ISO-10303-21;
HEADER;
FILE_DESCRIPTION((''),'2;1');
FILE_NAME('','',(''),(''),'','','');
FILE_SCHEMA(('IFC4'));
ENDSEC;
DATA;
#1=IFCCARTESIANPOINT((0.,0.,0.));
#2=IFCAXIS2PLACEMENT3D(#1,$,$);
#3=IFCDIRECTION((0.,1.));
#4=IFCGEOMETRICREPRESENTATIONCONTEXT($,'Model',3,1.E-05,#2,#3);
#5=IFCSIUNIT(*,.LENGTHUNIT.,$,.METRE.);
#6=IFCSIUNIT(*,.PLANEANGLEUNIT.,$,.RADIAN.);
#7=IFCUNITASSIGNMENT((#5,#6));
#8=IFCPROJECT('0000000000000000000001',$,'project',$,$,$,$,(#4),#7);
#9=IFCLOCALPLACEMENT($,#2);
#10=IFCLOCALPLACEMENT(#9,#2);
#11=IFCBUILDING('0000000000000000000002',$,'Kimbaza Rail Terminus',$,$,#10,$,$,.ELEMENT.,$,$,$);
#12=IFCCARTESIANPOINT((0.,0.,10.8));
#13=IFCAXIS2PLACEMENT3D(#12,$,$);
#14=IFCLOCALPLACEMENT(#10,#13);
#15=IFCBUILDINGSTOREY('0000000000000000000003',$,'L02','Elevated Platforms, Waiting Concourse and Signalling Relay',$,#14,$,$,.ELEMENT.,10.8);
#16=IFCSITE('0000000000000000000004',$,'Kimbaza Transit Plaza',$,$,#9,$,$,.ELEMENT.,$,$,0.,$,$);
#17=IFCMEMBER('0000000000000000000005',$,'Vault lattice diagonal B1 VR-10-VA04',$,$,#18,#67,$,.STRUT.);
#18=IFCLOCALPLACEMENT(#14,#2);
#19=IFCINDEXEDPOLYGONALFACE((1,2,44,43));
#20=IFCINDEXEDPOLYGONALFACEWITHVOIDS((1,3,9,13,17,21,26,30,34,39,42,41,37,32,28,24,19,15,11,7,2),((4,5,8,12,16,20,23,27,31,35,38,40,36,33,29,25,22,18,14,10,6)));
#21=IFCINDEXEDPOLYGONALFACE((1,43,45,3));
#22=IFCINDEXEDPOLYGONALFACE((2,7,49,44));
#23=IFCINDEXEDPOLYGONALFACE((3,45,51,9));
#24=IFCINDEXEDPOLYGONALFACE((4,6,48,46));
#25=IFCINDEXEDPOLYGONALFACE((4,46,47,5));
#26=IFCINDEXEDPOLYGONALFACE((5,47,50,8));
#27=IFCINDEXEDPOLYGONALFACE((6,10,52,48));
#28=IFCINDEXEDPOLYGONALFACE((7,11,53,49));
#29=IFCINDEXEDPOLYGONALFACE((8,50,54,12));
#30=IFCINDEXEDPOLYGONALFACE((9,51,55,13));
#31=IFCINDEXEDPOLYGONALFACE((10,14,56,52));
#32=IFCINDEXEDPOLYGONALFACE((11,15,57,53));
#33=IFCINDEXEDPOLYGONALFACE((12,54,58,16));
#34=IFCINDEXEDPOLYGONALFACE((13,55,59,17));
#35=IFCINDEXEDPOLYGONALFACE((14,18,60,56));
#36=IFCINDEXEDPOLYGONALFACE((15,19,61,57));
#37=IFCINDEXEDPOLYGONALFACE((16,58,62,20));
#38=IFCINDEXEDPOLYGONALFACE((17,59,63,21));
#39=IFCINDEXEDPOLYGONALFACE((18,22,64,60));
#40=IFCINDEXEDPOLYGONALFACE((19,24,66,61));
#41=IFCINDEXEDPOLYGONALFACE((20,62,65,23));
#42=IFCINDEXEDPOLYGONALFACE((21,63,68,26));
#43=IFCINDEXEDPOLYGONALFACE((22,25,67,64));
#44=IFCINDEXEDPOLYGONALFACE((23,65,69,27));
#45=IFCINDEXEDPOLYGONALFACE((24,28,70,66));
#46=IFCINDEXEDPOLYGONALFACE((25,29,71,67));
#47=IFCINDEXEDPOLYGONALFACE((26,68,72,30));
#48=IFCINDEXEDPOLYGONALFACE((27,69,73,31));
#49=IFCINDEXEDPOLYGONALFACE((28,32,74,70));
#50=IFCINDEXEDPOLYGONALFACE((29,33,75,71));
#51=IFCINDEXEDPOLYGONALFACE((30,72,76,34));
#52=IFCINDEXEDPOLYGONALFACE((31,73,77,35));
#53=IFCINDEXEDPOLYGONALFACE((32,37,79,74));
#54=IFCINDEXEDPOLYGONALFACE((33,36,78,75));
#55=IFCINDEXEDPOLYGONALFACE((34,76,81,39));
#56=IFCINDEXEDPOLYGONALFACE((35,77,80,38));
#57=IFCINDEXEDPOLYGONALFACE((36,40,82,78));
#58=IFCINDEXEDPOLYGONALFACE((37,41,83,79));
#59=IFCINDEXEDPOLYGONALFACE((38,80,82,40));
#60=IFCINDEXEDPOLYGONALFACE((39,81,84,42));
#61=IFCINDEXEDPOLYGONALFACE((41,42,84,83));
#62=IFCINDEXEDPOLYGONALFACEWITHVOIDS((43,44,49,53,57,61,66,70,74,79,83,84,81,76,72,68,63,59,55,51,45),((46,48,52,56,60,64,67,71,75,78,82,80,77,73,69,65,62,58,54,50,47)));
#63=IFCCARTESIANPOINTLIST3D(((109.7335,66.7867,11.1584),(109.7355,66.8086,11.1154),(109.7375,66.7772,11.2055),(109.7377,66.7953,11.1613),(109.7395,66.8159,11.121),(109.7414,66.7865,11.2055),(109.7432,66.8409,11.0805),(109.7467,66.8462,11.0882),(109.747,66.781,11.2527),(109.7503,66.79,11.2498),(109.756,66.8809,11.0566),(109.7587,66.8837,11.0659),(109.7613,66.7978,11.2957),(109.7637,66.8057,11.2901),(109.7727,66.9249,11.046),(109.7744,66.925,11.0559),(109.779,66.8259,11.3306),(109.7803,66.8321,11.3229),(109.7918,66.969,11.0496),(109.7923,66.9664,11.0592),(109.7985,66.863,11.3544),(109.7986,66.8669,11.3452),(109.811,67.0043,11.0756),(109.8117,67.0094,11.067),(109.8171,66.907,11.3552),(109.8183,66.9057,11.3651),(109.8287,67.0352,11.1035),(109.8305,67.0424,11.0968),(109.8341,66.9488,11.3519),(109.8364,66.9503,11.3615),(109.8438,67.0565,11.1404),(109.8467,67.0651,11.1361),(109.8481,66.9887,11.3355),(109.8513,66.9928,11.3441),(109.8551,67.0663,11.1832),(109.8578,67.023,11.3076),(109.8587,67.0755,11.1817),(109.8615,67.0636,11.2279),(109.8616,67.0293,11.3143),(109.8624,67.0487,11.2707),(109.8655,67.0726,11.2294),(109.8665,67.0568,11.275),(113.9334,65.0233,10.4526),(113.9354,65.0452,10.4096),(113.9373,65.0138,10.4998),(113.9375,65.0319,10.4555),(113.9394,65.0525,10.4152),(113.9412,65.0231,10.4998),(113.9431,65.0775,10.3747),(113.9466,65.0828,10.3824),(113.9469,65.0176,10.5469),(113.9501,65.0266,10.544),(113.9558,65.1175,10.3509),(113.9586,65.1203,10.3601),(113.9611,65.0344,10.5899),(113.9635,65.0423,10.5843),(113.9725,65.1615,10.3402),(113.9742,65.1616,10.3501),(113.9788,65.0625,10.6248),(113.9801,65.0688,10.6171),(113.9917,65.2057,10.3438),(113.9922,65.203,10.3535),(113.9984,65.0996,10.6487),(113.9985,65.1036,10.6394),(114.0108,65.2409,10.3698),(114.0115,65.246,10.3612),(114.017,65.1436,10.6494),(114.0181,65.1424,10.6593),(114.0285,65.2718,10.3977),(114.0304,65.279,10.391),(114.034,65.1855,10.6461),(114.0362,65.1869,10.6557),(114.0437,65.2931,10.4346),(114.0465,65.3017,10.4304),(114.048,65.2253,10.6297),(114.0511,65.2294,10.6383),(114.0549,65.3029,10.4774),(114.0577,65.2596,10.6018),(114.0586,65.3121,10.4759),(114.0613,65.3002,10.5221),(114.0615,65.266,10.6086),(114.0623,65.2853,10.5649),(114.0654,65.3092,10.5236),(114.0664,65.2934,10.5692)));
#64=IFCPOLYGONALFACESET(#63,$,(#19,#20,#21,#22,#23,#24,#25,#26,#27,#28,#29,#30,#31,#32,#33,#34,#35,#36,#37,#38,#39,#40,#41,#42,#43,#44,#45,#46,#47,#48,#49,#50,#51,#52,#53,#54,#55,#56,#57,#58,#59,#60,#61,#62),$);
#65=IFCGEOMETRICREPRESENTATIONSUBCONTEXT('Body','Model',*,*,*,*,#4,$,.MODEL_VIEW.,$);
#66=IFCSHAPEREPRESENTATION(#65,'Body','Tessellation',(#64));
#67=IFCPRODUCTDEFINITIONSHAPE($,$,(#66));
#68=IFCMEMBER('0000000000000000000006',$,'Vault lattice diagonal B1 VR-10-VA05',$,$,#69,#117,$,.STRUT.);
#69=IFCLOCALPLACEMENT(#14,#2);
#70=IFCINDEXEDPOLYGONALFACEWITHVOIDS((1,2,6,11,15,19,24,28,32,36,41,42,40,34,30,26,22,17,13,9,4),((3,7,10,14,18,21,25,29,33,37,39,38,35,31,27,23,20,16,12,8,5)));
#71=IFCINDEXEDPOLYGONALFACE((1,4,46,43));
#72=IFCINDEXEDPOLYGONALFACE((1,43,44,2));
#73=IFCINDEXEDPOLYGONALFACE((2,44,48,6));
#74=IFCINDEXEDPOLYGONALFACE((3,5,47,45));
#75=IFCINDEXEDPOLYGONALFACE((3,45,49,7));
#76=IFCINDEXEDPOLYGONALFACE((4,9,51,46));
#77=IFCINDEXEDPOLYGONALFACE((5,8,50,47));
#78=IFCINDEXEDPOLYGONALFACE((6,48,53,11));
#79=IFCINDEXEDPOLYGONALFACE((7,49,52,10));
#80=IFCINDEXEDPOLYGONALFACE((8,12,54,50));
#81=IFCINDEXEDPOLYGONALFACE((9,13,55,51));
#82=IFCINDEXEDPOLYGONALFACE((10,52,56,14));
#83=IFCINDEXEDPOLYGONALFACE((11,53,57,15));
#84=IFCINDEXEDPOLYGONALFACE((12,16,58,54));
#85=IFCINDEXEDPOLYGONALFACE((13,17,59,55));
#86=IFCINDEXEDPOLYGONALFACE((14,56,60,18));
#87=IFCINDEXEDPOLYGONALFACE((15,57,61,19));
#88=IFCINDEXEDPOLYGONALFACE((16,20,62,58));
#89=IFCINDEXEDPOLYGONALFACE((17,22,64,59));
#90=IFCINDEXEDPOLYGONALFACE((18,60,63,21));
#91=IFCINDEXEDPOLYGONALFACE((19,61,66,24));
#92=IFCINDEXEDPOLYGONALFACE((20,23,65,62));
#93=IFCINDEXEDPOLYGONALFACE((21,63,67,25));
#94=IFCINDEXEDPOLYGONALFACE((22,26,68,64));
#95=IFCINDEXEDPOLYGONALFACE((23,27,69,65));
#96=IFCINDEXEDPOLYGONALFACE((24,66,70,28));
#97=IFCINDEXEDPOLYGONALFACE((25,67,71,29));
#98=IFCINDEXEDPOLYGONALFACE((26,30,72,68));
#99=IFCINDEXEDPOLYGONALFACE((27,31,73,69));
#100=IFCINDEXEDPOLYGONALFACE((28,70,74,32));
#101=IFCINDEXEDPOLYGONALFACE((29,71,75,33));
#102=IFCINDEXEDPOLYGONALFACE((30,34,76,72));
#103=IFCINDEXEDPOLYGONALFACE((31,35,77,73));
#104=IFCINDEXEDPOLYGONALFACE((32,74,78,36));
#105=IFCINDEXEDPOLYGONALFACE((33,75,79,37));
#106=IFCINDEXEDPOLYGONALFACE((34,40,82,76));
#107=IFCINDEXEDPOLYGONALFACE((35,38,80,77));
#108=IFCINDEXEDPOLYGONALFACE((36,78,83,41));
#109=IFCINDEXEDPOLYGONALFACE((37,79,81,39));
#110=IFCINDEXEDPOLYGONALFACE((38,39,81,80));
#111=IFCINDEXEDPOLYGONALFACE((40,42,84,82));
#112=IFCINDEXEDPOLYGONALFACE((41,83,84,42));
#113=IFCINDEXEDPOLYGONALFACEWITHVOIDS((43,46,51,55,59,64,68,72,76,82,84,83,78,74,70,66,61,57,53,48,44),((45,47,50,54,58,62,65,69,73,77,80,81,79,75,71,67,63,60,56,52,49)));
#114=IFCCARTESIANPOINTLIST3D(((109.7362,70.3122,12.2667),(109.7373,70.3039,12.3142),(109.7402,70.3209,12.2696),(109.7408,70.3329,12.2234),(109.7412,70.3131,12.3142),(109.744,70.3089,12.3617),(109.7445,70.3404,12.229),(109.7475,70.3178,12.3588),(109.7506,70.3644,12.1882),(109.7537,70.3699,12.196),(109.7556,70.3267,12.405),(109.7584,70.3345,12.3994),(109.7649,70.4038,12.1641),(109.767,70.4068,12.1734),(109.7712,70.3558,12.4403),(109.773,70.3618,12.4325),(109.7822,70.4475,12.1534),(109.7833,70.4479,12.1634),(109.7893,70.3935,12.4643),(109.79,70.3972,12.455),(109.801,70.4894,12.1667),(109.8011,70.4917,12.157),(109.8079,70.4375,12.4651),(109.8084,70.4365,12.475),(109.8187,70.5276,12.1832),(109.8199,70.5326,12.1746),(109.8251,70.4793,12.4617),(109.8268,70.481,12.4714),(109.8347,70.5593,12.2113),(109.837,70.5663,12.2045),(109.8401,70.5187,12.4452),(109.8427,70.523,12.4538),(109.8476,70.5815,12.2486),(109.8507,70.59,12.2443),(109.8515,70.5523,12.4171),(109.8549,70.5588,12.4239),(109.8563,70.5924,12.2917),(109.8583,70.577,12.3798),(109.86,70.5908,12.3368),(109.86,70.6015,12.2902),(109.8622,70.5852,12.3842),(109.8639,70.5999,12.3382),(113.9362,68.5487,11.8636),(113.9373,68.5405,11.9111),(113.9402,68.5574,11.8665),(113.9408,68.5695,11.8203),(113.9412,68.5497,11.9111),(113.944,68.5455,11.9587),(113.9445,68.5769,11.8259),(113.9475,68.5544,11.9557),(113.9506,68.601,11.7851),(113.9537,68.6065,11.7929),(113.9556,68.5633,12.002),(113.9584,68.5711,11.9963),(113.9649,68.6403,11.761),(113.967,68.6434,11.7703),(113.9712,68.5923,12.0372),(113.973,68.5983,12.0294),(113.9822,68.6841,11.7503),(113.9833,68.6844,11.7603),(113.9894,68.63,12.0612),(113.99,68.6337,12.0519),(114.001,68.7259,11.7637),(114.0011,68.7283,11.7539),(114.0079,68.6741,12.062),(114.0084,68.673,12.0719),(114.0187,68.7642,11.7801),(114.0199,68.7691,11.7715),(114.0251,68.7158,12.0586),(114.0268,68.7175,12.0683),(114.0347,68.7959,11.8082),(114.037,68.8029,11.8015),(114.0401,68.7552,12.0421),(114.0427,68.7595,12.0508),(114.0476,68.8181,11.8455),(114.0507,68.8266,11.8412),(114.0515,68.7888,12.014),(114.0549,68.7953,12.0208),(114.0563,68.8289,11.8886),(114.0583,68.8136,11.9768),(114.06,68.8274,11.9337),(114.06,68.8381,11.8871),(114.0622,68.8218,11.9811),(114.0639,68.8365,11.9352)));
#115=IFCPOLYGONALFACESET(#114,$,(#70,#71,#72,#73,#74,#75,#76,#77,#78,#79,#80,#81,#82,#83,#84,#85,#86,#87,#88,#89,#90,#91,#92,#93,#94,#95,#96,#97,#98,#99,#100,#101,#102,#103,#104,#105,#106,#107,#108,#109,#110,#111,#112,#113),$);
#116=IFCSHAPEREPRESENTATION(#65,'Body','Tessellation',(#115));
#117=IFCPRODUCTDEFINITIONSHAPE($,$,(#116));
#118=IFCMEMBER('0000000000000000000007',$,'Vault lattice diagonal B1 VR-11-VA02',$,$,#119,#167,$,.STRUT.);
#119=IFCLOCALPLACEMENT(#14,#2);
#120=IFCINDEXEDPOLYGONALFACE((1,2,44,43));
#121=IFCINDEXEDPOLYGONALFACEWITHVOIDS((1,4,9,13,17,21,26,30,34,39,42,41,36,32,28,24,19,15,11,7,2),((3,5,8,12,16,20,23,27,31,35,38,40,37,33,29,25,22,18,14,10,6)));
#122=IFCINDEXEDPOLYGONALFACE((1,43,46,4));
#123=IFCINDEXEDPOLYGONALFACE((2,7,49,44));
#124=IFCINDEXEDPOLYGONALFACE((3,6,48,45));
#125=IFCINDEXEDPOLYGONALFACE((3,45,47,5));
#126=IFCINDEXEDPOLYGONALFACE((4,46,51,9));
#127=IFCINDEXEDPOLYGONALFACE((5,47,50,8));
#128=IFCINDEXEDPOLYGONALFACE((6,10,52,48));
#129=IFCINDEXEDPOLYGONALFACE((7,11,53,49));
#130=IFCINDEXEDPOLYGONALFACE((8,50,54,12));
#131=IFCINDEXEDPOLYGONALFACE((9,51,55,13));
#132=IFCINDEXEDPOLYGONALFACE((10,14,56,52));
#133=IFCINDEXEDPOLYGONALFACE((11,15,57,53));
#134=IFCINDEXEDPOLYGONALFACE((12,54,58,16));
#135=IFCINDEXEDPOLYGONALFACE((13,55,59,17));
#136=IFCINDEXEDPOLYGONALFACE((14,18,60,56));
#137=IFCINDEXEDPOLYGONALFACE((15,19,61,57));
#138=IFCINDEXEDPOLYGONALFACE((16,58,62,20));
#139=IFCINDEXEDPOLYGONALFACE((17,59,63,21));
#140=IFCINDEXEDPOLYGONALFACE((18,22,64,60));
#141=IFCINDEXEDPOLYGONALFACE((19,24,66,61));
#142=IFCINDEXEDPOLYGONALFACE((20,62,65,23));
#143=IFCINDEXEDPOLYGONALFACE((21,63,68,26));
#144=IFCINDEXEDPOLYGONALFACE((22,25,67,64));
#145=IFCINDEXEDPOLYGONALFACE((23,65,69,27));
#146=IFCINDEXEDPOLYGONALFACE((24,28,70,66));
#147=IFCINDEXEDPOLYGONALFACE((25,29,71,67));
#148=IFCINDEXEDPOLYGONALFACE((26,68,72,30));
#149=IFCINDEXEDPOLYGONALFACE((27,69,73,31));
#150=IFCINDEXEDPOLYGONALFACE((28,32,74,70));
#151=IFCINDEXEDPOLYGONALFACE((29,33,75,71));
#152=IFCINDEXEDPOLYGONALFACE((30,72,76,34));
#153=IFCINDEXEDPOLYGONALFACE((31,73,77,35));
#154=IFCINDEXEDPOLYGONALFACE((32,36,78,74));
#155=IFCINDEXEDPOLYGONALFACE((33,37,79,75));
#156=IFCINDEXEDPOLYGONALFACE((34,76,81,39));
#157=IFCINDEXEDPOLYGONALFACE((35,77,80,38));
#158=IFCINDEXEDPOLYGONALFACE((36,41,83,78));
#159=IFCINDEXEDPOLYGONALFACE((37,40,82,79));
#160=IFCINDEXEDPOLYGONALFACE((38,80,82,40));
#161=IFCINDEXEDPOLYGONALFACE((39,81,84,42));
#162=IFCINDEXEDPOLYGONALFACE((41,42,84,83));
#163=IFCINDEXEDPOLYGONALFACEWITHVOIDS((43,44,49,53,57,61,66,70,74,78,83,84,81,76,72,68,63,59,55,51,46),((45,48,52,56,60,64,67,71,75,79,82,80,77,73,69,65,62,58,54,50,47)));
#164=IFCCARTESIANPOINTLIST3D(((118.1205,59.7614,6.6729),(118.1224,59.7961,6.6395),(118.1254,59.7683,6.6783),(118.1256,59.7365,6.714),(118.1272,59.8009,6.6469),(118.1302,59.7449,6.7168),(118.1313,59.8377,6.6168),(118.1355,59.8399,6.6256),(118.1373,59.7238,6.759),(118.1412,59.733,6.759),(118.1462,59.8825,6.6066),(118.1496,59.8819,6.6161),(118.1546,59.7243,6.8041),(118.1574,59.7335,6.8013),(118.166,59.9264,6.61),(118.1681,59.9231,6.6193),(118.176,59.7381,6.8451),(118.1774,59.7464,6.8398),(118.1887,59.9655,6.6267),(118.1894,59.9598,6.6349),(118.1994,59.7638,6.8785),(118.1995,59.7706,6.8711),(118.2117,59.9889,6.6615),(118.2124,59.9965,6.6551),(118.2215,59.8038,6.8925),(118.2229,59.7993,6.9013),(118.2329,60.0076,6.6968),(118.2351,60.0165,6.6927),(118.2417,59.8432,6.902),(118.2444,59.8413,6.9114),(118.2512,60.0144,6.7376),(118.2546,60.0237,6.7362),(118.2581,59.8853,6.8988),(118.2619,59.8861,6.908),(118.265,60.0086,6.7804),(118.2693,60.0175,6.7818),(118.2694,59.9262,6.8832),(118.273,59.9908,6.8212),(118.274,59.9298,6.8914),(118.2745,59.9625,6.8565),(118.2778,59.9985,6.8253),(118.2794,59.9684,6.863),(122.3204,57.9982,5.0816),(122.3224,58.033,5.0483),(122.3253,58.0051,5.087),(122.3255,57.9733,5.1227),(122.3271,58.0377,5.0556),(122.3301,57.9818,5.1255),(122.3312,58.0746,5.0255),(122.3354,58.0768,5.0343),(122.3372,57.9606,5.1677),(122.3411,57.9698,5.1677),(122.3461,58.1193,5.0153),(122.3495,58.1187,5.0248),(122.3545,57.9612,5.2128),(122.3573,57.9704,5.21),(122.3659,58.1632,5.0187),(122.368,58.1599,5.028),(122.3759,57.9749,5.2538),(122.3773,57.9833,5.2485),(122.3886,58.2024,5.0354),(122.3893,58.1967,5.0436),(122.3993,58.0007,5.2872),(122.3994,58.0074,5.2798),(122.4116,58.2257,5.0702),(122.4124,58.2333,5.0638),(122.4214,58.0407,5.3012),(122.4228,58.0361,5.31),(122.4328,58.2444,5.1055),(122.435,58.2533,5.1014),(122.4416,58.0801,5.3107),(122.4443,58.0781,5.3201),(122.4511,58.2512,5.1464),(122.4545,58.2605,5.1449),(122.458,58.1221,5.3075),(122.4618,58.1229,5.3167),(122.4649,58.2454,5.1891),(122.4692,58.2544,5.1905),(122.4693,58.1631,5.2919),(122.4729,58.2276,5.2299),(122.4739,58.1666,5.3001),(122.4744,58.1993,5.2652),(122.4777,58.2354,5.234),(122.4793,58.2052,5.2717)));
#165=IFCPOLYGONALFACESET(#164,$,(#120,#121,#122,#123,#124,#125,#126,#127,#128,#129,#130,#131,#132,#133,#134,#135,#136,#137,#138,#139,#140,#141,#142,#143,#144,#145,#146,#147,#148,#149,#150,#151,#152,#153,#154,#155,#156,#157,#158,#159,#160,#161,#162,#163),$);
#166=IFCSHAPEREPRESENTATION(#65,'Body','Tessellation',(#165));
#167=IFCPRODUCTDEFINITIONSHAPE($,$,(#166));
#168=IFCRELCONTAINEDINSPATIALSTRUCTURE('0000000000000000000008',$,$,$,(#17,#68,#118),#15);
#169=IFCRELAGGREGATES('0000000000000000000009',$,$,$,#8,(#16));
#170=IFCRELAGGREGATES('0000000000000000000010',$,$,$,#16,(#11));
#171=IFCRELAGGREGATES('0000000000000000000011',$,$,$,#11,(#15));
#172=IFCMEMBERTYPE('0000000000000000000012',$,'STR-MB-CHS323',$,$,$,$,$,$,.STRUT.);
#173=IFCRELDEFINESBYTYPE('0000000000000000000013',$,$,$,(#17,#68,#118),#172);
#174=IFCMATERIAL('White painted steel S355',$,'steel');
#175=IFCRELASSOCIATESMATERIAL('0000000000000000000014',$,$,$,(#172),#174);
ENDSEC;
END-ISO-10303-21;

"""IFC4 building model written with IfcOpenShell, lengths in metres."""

from ifc_helpers import new_model, si_unit, direction, frame, origin, origin_2d, place, context, subcontext, project, spatial, hollow_circle, extrude, material, material_profile, profile_set, type_object, element, save


model = new_model("IFC4")

# Units and contexts
model_context = context("Model", 3, precision=1e-05, world=origin(), true_north=direction((0.0, 1.0)))
body_context = subcontext(model_context, "Body", "Model", "MODEL_VIEW")
ifc_project = project(units=[si_unit("LENGTHUNIT", "METRE"), si_unit("PLANEANGLEUNIT", "RADIAN")], contexts=[model_context])

# Site, building, storey
site_placement = place(None, origin())
site = spatial("IfcSite", under=ifc_project, at=site_placement, Name="Kimbaza Transit Plaza", CompositionType="ELEMENT", RefElevation=0.0)
building_placement = place(site_placement, origin())
building = spatial("IfcBuilding", under=site, at=building_placement, Name="Kimbaza Rail Terminus", CompositionType="ELEMENT")
storey_placement = place(building_placement, frame((0.0, 0.0, 10.8)))
storey = spatial("IfcBuildingStorey", under=building, at=storey_placement, Name="L02", Description="Elevated Platforms, Waiting Concourse and Signalling Relay", CompositionType="ELEMENT", Elevation=10.8)

# Members
ifc_material_1 = material(Name="White painted steel S355", Category="steel")
ifc_material_profile_1 = material_profile(ifc_material_1, hollow_circle(Radius=0.1619, WallThickness=0.01, at=origin_2d()), Name="CHS 323.9x10")
ifc_profile_set_1 = profile_set([ifc_material_profile_1], Name="White painted steel S355")
member_type_1 = type_object("IfcMemberType", Name="STR-MB-CHS323", PredefinedType="STRUT", material=ifc_profile_set_1)
member_1_placement = place(storey_placement, frame((114.0, 65.1631, 10.4998), z_axis=(-0.911152, 0.382564, 0.153121), x_axis=(-0.38713, -0.922025, 0.0)))
element("IfcMember", 1, at=member_1_placement, inside=storey, type_object=member_type_1, Name="Vault lattice diagonal B1 VR-10-VA04", PredefinedType="STRUT", context=body_context, shape_type="SweptSolid", body=[
    extrude(hollow_circle(Radius=0.1619, WallThickness=0.01, at=origin_2d()), origin(), (0.0, 0.0, 1.0), 4.6094),
])
member_2_placement = place(storey_placement, frame((114.0, 68.6897, 11.9111), z_axis=(-0.918437, 0.385623, 0.088144), x_axis=(-0.38713, -0.922025, 0.0)))
element("IfcMember", 2, at=member_2_placement, inside=storey, type_object=member_type_1, Name="Vault lattice diagonal B1 VR-10-VA05", PredefinedType="STRUT", context=body_context, shape_type="SweptSolid", body=[
    extrude(hollow_circle(Radius=0.1619, WallThickness=0.01, at=origin_2d()), origin(), (0.0, 0.0, 1.0), 4.573),
])
member_3_placement = place(storey_placement, frame((122.3999, 58.1099, 5.1677), z_axis=(-0.870455, 0.365426, 0.329805), x_axis=(-0.387084, -0.922044, 0.0)))
element("IfcMember", 3, at=member_3_placement, inside=storey, type_object=member_type_1, Name="Vault lattice diagonal B1 VR-11-VA02", PredefinedType="STRUT", context=body_context, shape_type="SweptSolid", body=[
    extrude(hollow_circle(Radius=0.1619, WallThickness=0.01, at=origin_2d()), origin(), (0.0, 0.0, 1.0), 4.825),
])

save(model, "model.ifc")
